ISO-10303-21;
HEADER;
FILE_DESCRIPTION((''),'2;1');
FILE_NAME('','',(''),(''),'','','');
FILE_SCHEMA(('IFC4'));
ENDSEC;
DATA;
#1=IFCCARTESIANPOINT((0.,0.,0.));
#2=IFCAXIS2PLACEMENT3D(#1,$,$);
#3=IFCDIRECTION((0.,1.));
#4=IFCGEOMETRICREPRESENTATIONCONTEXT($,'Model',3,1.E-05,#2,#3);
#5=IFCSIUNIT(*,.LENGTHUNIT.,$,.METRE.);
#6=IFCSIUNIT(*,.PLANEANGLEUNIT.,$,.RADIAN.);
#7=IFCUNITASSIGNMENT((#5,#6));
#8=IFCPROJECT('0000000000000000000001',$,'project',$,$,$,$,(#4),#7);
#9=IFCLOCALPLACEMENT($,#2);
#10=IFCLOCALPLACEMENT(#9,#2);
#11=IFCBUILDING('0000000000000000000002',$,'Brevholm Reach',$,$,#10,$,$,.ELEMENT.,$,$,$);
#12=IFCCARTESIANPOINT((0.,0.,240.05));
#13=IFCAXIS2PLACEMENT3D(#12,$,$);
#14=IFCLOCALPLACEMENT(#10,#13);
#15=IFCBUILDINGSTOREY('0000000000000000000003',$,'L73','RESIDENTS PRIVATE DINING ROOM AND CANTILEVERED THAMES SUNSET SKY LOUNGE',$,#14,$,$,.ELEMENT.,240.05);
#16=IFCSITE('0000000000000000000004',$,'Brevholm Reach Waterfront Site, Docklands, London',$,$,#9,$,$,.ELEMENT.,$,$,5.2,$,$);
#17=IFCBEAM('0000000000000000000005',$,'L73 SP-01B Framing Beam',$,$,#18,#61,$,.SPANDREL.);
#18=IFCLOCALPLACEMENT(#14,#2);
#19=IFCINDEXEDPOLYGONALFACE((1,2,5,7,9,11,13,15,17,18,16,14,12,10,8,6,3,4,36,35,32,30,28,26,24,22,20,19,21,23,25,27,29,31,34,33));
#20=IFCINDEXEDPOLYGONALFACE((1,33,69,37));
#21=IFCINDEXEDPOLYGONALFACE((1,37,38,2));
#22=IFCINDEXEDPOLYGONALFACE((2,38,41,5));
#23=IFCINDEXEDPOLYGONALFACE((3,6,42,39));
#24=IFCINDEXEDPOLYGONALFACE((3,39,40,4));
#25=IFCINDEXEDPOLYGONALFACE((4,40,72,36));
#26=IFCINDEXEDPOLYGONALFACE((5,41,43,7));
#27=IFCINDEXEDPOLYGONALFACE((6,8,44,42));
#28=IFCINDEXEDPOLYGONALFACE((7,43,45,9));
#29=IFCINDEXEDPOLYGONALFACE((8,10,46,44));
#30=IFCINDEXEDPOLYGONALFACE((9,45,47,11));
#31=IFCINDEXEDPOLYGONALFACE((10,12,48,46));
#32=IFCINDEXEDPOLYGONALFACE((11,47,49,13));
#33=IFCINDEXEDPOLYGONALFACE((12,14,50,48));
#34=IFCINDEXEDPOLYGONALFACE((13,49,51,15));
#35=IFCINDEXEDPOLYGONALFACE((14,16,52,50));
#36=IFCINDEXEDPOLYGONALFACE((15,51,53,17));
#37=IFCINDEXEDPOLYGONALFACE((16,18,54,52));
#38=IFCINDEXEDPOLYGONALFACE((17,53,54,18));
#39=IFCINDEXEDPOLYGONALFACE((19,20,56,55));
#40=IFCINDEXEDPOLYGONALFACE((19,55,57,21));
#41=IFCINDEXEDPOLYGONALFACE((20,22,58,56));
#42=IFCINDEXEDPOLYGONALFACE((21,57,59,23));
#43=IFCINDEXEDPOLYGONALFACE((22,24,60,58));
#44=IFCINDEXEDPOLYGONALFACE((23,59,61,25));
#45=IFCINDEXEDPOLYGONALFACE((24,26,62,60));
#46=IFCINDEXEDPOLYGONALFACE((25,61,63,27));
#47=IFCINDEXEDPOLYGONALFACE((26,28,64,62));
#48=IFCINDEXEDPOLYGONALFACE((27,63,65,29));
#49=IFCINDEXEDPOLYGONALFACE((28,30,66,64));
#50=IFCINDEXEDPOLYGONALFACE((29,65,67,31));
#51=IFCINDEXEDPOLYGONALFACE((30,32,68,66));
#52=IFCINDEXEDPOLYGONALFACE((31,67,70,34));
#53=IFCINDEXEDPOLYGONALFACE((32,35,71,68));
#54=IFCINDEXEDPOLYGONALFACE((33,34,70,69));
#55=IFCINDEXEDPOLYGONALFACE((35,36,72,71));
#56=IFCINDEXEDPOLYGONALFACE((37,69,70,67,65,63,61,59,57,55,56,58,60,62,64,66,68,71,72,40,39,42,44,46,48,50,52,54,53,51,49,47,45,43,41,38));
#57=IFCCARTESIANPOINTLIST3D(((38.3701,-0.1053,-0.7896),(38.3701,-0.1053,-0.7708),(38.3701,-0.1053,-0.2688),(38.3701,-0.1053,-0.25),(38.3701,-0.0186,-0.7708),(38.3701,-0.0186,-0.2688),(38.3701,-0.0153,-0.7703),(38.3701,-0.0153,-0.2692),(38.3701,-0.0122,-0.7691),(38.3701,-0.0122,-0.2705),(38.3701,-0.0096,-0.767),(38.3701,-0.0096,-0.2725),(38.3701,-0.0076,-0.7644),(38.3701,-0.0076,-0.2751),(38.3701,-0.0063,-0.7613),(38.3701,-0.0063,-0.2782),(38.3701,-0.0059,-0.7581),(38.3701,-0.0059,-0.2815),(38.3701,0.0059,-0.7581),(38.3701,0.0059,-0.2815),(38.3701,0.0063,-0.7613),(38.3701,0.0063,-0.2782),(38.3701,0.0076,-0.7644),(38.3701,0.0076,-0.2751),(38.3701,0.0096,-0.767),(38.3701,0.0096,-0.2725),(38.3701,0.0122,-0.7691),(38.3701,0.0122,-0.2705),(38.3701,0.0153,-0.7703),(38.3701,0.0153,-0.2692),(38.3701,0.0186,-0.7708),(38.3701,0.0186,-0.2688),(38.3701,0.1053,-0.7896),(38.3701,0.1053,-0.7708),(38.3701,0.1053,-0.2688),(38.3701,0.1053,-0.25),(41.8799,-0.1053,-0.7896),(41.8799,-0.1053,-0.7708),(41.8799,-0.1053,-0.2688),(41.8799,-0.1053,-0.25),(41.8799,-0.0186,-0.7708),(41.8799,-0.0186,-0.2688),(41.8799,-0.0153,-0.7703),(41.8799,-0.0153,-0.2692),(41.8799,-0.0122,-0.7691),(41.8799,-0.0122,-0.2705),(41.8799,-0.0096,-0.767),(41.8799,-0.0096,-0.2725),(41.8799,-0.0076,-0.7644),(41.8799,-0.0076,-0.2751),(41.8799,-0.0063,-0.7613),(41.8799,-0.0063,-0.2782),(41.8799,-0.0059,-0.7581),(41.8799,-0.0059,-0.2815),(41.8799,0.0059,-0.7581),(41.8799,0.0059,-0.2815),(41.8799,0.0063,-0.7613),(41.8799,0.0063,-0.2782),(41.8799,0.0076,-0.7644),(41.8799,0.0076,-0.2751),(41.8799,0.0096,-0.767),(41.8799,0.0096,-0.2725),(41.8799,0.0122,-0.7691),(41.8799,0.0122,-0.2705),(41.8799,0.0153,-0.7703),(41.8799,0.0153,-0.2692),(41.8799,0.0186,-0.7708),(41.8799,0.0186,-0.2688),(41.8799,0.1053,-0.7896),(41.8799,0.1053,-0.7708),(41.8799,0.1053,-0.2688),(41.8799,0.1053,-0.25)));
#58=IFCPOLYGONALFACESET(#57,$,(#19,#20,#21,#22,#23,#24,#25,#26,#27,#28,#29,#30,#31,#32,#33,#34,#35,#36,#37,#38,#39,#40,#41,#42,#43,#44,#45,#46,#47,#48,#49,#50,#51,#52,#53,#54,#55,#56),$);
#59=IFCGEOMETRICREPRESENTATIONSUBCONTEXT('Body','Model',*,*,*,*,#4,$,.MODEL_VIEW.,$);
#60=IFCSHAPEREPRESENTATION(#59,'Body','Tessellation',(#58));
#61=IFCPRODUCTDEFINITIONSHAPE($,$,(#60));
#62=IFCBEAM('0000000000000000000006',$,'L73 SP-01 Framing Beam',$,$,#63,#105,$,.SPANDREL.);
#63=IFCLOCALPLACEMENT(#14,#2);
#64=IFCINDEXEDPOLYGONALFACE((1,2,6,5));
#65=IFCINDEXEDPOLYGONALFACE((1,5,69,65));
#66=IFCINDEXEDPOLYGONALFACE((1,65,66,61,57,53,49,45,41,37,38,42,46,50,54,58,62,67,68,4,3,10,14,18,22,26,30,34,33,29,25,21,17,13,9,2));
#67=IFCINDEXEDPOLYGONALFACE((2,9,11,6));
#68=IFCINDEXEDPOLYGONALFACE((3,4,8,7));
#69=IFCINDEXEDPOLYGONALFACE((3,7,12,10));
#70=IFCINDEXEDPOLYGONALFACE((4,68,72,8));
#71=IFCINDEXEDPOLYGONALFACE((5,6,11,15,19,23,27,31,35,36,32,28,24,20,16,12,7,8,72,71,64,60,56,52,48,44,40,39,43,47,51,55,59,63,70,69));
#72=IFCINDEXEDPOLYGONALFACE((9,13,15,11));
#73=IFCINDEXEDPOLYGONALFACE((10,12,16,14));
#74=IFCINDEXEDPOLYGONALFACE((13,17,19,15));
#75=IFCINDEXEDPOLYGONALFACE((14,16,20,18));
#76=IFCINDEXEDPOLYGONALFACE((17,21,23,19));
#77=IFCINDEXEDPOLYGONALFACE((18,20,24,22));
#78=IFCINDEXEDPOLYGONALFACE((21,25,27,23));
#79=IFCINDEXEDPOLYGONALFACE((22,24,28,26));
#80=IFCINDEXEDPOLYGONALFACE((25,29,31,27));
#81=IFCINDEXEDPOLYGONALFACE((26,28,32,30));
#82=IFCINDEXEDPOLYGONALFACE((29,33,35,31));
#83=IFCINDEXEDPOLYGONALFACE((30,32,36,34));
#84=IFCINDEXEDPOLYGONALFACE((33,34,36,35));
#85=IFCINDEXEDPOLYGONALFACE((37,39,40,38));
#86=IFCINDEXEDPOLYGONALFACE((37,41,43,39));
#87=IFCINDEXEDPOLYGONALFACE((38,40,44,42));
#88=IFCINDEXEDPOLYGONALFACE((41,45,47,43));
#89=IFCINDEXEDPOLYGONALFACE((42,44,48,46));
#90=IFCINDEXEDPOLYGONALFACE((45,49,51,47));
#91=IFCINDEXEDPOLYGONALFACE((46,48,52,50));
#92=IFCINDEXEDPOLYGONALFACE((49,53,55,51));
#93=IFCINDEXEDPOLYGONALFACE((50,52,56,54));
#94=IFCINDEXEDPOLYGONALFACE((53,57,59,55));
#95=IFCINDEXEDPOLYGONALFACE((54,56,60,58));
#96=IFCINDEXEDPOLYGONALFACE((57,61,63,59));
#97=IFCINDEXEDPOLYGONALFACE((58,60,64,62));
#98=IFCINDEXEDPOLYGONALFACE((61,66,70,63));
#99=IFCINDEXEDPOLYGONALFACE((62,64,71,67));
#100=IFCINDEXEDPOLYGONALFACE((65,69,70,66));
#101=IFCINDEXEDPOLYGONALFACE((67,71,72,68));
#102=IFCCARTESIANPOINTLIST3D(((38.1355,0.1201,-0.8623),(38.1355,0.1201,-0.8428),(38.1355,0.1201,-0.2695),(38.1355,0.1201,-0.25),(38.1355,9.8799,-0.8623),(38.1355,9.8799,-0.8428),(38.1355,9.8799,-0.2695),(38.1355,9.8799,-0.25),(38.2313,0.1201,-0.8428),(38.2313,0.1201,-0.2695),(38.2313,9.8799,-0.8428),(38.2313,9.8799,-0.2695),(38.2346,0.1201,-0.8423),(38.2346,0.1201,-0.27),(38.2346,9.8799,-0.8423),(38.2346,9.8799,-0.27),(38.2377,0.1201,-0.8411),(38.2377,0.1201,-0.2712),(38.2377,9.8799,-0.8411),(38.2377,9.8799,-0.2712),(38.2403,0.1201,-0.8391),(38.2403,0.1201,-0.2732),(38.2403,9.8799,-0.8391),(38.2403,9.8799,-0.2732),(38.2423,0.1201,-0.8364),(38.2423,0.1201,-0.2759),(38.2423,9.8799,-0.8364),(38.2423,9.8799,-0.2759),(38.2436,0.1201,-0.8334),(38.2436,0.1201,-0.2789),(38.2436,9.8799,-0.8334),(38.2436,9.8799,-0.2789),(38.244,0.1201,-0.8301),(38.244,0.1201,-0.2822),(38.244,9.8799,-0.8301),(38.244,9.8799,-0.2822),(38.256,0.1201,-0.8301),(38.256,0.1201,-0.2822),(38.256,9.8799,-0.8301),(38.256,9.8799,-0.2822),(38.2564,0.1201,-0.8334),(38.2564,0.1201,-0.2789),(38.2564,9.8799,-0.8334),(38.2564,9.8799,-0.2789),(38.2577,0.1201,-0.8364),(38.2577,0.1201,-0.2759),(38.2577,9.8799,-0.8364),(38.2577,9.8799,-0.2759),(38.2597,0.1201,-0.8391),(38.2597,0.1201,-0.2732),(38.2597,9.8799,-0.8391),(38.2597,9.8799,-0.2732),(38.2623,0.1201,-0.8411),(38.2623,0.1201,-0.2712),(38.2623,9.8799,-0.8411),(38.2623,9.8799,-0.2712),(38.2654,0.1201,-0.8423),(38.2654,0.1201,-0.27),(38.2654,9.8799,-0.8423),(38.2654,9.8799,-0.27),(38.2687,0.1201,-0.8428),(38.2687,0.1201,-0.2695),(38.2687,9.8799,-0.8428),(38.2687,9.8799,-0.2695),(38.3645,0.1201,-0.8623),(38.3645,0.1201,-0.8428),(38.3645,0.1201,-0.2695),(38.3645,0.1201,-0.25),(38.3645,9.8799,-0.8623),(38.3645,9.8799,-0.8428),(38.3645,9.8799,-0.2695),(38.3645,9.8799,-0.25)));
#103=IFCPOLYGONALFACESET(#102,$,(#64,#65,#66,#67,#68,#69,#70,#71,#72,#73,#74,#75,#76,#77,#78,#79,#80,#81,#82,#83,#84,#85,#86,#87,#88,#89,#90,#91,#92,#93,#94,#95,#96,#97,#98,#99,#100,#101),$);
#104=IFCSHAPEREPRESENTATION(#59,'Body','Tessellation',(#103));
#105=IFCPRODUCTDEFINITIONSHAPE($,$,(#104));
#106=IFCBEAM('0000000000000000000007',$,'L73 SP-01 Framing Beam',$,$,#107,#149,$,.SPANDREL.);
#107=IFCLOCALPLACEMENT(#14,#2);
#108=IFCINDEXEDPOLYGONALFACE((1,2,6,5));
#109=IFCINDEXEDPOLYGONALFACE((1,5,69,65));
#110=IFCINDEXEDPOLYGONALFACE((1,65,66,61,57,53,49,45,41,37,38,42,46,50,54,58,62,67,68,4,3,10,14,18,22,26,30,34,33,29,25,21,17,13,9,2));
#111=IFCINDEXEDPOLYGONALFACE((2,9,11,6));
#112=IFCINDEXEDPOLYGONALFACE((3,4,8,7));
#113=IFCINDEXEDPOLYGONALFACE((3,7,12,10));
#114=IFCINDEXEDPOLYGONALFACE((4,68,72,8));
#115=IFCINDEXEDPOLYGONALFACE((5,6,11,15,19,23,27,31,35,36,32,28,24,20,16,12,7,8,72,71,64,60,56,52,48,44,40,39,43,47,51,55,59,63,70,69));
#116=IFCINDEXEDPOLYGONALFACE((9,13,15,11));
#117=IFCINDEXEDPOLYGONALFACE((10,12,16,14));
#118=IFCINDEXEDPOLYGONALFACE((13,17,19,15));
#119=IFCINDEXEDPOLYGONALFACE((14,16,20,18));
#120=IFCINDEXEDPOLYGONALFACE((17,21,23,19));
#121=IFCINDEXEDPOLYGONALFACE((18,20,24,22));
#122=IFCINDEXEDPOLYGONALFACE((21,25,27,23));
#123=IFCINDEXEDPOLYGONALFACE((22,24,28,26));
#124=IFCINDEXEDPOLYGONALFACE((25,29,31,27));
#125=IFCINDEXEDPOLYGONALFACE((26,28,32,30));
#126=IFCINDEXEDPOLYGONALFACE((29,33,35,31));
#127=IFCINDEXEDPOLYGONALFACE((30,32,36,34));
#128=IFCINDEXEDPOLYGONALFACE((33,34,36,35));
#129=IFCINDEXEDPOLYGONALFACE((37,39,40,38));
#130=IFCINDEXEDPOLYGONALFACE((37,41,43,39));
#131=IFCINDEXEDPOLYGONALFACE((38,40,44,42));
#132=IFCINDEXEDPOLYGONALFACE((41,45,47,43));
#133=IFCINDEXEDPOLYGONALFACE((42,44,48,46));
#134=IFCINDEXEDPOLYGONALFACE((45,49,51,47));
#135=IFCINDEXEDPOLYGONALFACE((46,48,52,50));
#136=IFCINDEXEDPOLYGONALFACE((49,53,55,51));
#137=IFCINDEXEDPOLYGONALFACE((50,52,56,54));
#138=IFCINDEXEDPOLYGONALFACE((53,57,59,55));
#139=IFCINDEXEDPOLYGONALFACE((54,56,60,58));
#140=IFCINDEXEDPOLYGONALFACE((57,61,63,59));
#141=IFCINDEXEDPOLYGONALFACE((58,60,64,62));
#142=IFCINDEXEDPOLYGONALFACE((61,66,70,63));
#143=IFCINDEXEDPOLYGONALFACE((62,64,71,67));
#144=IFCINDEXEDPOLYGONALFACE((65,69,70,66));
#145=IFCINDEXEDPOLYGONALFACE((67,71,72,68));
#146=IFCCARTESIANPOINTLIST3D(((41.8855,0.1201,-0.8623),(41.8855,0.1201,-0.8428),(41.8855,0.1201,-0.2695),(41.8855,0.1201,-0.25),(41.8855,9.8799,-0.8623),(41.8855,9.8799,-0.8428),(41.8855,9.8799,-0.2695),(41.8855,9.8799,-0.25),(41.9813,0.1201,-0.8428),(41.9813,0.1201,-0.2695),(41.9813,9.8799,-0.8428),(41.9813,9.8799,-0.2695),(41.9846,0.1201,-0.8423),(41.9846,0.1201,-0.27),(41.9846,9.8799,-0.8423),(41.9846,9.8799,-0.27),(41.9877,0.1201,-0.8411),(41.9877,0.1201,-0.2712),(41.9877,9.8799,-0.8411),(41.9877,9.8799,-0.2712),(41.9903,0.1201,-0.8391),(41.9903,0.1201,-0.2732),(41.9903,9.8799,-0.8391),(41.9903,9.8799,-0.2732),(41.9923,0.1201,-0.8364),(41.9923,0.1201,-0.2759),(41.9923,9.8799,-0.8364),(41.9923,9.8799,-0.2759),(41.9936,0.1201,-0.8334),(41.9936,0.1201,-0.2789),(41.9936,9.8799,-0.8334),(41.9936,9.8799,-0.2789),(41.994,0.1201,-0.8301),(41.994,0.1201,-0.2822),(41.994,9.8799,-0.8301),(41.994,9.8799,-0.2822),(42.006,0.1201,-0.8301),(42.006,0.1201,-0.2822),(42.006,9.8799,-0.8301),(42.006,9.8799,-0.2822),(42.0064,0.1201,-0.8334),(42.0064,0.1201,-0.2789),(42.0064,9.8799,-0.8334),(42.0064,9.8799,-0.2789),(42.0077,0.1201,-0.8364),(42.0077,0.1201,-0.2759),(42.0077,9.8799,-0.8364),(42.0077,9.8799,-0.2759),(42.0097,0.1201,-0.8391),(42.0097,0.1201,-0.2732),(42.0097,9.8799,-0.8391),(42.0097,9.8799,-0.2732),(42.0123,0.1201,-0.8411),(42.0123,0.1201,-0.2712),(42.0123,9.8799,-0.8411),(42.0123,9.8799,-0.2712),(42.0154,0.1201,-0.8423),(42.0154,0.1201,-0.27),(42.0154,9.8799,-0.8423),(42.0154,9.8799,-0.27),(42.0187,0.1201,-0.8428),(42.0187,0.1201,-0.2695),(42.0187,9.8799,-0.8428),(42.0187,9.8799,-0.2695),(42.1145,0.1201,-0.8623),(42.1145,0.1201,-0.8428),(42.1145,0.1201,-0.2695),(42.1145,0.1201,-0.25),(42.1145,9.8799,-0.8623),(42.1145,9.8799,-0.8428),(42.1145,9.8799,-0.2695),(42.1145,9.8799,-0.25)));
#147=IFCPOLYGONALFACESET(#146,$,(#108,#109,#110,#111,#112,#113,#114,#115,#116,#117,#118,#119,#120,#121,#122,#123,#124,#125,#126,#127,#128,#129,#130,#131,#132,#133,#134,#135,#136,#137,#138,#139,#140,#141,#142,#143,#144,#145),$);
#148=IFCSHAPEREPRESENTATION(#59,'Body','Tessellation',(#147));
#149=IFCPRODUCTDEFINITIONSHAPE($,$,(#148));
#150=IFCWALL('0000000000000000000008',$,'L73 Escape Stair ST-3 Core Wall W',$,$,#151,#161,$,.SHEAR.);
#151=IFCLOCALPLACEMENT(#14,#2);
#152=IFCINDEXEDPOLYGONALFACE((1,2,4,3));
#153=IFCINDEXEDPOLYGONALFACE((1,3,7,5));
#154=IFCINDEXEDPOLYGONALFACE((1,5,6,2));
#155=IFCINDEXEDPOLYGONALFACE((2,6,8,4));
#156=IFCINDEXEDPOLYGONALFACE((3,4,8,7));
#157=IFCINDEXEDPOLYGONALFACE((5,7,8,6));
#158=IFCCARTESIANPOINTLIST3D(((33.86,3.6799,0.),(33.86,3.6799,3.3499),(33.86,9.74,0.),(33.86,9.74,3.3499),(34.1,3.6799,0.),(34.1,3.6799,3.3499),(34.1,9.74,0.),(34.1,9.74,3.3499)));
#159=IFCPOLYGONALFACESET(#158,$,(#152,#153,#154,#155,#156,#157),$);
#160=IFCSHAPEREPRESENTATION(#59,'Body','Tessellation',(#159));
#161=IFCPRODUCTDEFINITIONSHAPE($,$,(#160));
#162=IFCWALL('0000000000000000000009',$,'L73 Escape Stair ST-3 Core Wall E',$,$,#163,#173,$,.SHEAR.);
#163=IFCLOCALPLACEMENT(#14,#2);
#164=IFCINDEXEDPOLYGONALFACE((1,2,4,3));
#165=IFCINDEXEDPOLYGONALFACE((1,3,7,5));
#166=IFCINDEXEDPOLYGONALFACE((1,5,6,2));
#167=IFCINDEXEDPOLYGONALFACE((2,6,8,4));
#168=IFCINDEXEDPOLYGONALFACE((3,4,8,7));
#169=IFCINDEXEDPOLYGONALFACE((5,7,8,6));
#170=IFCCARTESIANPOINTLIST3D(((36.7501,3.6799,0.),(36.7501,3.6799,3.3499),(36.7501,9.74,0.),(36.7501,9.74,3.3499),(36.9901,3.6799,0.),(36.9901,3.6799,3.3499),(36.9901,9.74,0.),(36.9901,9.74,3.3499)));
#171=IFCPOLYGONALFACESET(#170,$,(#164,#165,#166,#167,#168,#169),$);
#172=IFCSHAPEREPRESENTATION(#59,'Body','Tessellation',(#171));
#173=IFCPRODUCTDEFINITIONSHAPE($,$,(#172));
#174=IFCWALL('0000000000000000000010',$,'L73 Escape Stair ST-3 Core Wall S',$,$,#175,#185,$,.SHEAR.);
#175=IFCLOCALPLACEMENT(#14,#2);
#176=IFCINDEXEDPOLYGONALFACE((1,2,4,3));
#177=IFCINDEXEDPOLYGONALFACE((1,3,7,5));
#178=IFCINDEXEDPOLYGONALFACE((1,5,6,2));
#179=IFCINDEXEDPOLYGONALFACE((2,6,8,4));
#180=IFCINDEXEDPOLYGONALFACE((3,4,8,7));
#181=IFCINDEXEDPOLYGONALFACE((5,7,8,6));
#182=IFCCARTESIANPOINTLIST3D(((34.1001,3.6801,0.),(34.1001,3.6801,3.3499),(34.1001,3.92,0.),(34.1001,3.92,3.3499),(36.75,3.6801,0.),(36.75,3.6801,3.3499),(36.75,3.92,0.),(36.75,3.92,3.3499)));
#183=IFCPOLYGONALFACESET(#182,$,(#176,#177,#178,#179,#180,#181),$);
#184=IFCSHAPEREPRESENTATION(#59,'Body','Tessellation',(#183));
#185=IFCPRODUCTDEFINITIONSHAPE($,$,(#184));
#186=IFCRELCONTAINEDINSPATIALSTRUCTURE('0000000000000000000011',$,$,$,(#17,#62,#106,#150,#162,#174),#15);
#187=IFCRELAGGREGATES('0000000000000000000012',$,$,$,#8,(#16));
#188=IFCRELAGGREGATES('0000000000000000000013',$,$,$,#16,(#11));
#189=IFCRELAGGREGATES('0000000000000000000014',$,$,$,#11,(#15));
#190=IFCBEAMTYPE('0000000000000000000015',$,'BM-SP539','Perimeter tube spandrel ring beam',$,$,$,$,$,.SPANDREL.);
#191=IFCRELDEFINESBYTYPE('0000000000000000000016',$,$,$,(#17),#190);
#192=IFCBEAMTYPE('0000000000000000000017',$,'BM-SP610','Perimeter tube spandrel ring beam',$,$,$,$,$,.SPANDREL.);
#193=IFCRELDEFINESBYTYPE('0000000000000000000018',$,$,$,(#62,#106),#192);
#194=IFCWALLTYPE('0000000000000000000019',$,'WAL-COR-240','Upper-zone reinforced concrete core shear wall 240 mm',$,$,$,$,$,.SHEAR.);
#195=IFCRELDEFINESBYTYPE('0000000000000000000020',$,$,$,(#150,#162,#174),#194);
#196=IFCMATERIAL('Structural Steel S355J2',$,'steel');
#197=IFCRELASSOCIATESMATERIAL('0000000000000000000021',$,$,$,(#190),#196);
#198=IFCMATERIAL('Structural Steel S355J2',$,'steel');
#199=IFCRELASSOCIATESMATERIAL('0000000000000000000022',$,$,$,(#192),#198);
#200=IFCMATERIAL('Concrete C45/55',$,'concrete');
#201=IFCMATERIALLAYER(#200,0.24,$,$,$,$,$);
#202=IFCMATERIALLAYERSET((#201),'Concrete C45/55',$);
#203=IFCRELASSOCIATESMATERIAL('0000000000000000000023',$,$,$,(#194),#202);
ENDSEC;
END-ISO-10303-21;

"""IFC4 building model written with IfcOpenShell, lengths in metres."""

from ifc_helpers import new_model, si_unit, direction, frame, frame_2d, origin, origin_2d, place, context, subcontext, project, spatial, rectangle, i_section, extrude, material, layer, layer_set, material_profile, profile_set, type_object, element, save


model = new_model("IFC4")

# Units and contexts
model_context = context("Model", 3, precision=1e-05, world=origin(), true_north=direction((0.0, 1.0)))
body_context = subcontext(model_context, "Body", "Model", "MODEL_VIEW")
ifc_project = project(units=[si_unit("LENGTHUNIT", "METRE"), si_unit("PLANEANGLEUNIT", "RADIAN")], contexts=[model_context])

# Site, building, storey
site_placement = place(None, origin())
site = spatial("IfcSite", under=ifc_project, at=site_placement, Name="Brevholm Reach Waterfront Site, Docklands, London", CompositionType="ELEMENT", RefElevation=5.2)
building_placement = place(site_placement, origin())
building = spatial("IfcBuilding", under=site, at=building_placement, Name="Brevholm Reach", CompositionType="ELEMENT")
storey_placement = place(building_placement, frame((0.0, 0.0, 240.05)))
storey = spatial("IfcBuildingStorey", under=building, at=storey_placement, Name="L73", Description="RESIDENTS PRIVATE DINING ROOM AND CANTILEVERED THAMES SUNSET SKY LOUNGE", CompositionType="ELEMENT", Elevation=240.05)

# Beams
ifc_material_1 = material(Name="Structural Steel S355J2", Category="steel")
ifc_material_profile_1 = material_profile(ifc_material_1, i_section(OverallWidth=0.2107, OverallDepth=0.5396, WebThickness=0.0117, FlangeThickness=0.0188, FilletRadius=0.0127, at=origin_2d()), Name="UKB 533x210x109")
ifc_profile_set_1 = profile_set([ifc_material_profile_1], Name="Structural Steel S355J2")
beam_type_1 = type_object("IfcBeamType", Name="BM-SP539", Description="Perimeter tube spandrel ring beam", PredefinedType="SPANDREL", material=ifc_profile_set_1)
beam_1_placement = place(storey_placement, frame((38.3701, 0.0, -0.5198), z_axis=(1.0, 0.0, 0.0), x_axis=(0.0, 1.0, 0.0)))
element("IfcBeam", 1, at=beam_1_placement, inside=storey, type_object=beam_type_1, Name="L73 SP-01B Framing Beam", PredefinedType="SPANDREL", context=body_context, shape_type="SweptSolid", body=[
    extrude(i_section(OverallWidth=0.2107, OverallDepth=0.5396, WebThickness=0.0117, FlangeThickness=0.0188, FilletRadius=0.0127, at=origin_2d()), origin(), (0.0, 0.0, 1.0), 3.5098),
])
ifc_material_2 = material(Name="Structural Steel S355J2", Category="steel")
ifc_material_profile_2 = material_profile(ifc_material_2, i_section(OverallWidth=0.229, OverallDepth=0.6123, WebThickness=0.012, FlangeThickness=0.0195, FilletRadius=0.0127, at=origin_2d()), Name="UKB 610x229x125")
ifc_profile_set_2 = profile_set([ifc_material_profile_2], Name="Structural Steel S355J2")
beam_type_2 = type_object("IfcBeamType", Name="BM-SP610", Description="Perimeter tube spandrel ring beam", PredefinedType="SPANDREL", material=ifc_profile_set_2)
for number, where, z_axis, x_axis, name in (
    (2, (38.25, 0.1201, -0.5562), (0.0, 1.0, 0.0), (-1.0, 0.0, 0.0), "L73 SP-01 Framing Beam"),
    (3, (42.0, 0.1201, -0.5562), (0.0, 1.0, 0.0), (-1.0, 0.0, 0.0), "L73 SP-01 Framing Beam"),
):
    element("IfcBeam", number, at=place(storey_placement, frame(where, z_axis=z_axis, x_axis=x_axis)), inside=storey, type_object=beam_type_2, Name=name, PredefinedType="SPANDREL", context=body_context, shape_type="SweptSolid", body=[
        extrude(i_section(OverallWidth=0.229, OverallDepth=0.6123, WebThickness=0.012, FlangeThickness=0.0195, FilletRadius=0.0127, at=origin_2d()), origin(), (0.0, 0.0, 1.0), 9.7598),
    ])

# Walls
ifc_material_3 = material(Name="Concrete C45/55", Category="concrete")
ifc_layer_1 = layer(ifc_material_3, 0.24)
ifc_layer_set_1 = layer_set([ifc_layer_1], Name="Concrete C45/55")
wall_type_1 = type_object("IfcWallType", Name="WAL-COR-240", Description="Upper-zone reinforced concrete core shear wall 240 mm", PredefinedType="SHEAR", material=ifc_layer_set_1)
for number, where, z_axis, x_axis, name in (
    (4, (33.98, 3.6799, 0.0), (0.0, 0.0, 1.0), (0.0, 1.0, 0.0), "L73 Escape Stair ST-3 Core Wall W"),
    (5, (36.8701, 3.6799, 0.0), (0.0, 0.0, 1.0), (0.0, 1.0, 0.0), "L73 Escape Stair ST-3 Core Wall E"),
):
    element("IfcWall", number, at=place(storey_placement, frame(where, z_axis=z_axis, x_axis=x_axis)), inside=storey, type_object=wall_type_1, Name=name, PredefinedType="SHEAR", context=body_context, shape_type="SweptSolid", body=[
        extrude(rectangle(XDim=6.0601, YDim=0.24, at=frame_2d((3.03, 0.0))), origin(), (0.0, 0.0, 1.0), 3.3499),
    ])
wall_1_placement = place(storey_placement, frame((34.1001, 3.8, 0.0), z_axis=(0.0, 0.0, 1.0), x_axis=(1.0, 0.0, 0.0)))
element("IfcWall", 6, at=wall_1_placement, inside=storey, type_object=wall_type_1, Name="L73 Escape Stair ST-3 Core Wall S", PredefinedType="SHEAR", context=body_context, shape_type="SweptSolid", body=[
    extrude(rectangle(XDim=2.6499, YDim=0.24, at=frame_2d((1.325, 0.0))), origin(), (0.0, 0.0, 1.0), 3.3499),
])

save(model, "model.ifc")
